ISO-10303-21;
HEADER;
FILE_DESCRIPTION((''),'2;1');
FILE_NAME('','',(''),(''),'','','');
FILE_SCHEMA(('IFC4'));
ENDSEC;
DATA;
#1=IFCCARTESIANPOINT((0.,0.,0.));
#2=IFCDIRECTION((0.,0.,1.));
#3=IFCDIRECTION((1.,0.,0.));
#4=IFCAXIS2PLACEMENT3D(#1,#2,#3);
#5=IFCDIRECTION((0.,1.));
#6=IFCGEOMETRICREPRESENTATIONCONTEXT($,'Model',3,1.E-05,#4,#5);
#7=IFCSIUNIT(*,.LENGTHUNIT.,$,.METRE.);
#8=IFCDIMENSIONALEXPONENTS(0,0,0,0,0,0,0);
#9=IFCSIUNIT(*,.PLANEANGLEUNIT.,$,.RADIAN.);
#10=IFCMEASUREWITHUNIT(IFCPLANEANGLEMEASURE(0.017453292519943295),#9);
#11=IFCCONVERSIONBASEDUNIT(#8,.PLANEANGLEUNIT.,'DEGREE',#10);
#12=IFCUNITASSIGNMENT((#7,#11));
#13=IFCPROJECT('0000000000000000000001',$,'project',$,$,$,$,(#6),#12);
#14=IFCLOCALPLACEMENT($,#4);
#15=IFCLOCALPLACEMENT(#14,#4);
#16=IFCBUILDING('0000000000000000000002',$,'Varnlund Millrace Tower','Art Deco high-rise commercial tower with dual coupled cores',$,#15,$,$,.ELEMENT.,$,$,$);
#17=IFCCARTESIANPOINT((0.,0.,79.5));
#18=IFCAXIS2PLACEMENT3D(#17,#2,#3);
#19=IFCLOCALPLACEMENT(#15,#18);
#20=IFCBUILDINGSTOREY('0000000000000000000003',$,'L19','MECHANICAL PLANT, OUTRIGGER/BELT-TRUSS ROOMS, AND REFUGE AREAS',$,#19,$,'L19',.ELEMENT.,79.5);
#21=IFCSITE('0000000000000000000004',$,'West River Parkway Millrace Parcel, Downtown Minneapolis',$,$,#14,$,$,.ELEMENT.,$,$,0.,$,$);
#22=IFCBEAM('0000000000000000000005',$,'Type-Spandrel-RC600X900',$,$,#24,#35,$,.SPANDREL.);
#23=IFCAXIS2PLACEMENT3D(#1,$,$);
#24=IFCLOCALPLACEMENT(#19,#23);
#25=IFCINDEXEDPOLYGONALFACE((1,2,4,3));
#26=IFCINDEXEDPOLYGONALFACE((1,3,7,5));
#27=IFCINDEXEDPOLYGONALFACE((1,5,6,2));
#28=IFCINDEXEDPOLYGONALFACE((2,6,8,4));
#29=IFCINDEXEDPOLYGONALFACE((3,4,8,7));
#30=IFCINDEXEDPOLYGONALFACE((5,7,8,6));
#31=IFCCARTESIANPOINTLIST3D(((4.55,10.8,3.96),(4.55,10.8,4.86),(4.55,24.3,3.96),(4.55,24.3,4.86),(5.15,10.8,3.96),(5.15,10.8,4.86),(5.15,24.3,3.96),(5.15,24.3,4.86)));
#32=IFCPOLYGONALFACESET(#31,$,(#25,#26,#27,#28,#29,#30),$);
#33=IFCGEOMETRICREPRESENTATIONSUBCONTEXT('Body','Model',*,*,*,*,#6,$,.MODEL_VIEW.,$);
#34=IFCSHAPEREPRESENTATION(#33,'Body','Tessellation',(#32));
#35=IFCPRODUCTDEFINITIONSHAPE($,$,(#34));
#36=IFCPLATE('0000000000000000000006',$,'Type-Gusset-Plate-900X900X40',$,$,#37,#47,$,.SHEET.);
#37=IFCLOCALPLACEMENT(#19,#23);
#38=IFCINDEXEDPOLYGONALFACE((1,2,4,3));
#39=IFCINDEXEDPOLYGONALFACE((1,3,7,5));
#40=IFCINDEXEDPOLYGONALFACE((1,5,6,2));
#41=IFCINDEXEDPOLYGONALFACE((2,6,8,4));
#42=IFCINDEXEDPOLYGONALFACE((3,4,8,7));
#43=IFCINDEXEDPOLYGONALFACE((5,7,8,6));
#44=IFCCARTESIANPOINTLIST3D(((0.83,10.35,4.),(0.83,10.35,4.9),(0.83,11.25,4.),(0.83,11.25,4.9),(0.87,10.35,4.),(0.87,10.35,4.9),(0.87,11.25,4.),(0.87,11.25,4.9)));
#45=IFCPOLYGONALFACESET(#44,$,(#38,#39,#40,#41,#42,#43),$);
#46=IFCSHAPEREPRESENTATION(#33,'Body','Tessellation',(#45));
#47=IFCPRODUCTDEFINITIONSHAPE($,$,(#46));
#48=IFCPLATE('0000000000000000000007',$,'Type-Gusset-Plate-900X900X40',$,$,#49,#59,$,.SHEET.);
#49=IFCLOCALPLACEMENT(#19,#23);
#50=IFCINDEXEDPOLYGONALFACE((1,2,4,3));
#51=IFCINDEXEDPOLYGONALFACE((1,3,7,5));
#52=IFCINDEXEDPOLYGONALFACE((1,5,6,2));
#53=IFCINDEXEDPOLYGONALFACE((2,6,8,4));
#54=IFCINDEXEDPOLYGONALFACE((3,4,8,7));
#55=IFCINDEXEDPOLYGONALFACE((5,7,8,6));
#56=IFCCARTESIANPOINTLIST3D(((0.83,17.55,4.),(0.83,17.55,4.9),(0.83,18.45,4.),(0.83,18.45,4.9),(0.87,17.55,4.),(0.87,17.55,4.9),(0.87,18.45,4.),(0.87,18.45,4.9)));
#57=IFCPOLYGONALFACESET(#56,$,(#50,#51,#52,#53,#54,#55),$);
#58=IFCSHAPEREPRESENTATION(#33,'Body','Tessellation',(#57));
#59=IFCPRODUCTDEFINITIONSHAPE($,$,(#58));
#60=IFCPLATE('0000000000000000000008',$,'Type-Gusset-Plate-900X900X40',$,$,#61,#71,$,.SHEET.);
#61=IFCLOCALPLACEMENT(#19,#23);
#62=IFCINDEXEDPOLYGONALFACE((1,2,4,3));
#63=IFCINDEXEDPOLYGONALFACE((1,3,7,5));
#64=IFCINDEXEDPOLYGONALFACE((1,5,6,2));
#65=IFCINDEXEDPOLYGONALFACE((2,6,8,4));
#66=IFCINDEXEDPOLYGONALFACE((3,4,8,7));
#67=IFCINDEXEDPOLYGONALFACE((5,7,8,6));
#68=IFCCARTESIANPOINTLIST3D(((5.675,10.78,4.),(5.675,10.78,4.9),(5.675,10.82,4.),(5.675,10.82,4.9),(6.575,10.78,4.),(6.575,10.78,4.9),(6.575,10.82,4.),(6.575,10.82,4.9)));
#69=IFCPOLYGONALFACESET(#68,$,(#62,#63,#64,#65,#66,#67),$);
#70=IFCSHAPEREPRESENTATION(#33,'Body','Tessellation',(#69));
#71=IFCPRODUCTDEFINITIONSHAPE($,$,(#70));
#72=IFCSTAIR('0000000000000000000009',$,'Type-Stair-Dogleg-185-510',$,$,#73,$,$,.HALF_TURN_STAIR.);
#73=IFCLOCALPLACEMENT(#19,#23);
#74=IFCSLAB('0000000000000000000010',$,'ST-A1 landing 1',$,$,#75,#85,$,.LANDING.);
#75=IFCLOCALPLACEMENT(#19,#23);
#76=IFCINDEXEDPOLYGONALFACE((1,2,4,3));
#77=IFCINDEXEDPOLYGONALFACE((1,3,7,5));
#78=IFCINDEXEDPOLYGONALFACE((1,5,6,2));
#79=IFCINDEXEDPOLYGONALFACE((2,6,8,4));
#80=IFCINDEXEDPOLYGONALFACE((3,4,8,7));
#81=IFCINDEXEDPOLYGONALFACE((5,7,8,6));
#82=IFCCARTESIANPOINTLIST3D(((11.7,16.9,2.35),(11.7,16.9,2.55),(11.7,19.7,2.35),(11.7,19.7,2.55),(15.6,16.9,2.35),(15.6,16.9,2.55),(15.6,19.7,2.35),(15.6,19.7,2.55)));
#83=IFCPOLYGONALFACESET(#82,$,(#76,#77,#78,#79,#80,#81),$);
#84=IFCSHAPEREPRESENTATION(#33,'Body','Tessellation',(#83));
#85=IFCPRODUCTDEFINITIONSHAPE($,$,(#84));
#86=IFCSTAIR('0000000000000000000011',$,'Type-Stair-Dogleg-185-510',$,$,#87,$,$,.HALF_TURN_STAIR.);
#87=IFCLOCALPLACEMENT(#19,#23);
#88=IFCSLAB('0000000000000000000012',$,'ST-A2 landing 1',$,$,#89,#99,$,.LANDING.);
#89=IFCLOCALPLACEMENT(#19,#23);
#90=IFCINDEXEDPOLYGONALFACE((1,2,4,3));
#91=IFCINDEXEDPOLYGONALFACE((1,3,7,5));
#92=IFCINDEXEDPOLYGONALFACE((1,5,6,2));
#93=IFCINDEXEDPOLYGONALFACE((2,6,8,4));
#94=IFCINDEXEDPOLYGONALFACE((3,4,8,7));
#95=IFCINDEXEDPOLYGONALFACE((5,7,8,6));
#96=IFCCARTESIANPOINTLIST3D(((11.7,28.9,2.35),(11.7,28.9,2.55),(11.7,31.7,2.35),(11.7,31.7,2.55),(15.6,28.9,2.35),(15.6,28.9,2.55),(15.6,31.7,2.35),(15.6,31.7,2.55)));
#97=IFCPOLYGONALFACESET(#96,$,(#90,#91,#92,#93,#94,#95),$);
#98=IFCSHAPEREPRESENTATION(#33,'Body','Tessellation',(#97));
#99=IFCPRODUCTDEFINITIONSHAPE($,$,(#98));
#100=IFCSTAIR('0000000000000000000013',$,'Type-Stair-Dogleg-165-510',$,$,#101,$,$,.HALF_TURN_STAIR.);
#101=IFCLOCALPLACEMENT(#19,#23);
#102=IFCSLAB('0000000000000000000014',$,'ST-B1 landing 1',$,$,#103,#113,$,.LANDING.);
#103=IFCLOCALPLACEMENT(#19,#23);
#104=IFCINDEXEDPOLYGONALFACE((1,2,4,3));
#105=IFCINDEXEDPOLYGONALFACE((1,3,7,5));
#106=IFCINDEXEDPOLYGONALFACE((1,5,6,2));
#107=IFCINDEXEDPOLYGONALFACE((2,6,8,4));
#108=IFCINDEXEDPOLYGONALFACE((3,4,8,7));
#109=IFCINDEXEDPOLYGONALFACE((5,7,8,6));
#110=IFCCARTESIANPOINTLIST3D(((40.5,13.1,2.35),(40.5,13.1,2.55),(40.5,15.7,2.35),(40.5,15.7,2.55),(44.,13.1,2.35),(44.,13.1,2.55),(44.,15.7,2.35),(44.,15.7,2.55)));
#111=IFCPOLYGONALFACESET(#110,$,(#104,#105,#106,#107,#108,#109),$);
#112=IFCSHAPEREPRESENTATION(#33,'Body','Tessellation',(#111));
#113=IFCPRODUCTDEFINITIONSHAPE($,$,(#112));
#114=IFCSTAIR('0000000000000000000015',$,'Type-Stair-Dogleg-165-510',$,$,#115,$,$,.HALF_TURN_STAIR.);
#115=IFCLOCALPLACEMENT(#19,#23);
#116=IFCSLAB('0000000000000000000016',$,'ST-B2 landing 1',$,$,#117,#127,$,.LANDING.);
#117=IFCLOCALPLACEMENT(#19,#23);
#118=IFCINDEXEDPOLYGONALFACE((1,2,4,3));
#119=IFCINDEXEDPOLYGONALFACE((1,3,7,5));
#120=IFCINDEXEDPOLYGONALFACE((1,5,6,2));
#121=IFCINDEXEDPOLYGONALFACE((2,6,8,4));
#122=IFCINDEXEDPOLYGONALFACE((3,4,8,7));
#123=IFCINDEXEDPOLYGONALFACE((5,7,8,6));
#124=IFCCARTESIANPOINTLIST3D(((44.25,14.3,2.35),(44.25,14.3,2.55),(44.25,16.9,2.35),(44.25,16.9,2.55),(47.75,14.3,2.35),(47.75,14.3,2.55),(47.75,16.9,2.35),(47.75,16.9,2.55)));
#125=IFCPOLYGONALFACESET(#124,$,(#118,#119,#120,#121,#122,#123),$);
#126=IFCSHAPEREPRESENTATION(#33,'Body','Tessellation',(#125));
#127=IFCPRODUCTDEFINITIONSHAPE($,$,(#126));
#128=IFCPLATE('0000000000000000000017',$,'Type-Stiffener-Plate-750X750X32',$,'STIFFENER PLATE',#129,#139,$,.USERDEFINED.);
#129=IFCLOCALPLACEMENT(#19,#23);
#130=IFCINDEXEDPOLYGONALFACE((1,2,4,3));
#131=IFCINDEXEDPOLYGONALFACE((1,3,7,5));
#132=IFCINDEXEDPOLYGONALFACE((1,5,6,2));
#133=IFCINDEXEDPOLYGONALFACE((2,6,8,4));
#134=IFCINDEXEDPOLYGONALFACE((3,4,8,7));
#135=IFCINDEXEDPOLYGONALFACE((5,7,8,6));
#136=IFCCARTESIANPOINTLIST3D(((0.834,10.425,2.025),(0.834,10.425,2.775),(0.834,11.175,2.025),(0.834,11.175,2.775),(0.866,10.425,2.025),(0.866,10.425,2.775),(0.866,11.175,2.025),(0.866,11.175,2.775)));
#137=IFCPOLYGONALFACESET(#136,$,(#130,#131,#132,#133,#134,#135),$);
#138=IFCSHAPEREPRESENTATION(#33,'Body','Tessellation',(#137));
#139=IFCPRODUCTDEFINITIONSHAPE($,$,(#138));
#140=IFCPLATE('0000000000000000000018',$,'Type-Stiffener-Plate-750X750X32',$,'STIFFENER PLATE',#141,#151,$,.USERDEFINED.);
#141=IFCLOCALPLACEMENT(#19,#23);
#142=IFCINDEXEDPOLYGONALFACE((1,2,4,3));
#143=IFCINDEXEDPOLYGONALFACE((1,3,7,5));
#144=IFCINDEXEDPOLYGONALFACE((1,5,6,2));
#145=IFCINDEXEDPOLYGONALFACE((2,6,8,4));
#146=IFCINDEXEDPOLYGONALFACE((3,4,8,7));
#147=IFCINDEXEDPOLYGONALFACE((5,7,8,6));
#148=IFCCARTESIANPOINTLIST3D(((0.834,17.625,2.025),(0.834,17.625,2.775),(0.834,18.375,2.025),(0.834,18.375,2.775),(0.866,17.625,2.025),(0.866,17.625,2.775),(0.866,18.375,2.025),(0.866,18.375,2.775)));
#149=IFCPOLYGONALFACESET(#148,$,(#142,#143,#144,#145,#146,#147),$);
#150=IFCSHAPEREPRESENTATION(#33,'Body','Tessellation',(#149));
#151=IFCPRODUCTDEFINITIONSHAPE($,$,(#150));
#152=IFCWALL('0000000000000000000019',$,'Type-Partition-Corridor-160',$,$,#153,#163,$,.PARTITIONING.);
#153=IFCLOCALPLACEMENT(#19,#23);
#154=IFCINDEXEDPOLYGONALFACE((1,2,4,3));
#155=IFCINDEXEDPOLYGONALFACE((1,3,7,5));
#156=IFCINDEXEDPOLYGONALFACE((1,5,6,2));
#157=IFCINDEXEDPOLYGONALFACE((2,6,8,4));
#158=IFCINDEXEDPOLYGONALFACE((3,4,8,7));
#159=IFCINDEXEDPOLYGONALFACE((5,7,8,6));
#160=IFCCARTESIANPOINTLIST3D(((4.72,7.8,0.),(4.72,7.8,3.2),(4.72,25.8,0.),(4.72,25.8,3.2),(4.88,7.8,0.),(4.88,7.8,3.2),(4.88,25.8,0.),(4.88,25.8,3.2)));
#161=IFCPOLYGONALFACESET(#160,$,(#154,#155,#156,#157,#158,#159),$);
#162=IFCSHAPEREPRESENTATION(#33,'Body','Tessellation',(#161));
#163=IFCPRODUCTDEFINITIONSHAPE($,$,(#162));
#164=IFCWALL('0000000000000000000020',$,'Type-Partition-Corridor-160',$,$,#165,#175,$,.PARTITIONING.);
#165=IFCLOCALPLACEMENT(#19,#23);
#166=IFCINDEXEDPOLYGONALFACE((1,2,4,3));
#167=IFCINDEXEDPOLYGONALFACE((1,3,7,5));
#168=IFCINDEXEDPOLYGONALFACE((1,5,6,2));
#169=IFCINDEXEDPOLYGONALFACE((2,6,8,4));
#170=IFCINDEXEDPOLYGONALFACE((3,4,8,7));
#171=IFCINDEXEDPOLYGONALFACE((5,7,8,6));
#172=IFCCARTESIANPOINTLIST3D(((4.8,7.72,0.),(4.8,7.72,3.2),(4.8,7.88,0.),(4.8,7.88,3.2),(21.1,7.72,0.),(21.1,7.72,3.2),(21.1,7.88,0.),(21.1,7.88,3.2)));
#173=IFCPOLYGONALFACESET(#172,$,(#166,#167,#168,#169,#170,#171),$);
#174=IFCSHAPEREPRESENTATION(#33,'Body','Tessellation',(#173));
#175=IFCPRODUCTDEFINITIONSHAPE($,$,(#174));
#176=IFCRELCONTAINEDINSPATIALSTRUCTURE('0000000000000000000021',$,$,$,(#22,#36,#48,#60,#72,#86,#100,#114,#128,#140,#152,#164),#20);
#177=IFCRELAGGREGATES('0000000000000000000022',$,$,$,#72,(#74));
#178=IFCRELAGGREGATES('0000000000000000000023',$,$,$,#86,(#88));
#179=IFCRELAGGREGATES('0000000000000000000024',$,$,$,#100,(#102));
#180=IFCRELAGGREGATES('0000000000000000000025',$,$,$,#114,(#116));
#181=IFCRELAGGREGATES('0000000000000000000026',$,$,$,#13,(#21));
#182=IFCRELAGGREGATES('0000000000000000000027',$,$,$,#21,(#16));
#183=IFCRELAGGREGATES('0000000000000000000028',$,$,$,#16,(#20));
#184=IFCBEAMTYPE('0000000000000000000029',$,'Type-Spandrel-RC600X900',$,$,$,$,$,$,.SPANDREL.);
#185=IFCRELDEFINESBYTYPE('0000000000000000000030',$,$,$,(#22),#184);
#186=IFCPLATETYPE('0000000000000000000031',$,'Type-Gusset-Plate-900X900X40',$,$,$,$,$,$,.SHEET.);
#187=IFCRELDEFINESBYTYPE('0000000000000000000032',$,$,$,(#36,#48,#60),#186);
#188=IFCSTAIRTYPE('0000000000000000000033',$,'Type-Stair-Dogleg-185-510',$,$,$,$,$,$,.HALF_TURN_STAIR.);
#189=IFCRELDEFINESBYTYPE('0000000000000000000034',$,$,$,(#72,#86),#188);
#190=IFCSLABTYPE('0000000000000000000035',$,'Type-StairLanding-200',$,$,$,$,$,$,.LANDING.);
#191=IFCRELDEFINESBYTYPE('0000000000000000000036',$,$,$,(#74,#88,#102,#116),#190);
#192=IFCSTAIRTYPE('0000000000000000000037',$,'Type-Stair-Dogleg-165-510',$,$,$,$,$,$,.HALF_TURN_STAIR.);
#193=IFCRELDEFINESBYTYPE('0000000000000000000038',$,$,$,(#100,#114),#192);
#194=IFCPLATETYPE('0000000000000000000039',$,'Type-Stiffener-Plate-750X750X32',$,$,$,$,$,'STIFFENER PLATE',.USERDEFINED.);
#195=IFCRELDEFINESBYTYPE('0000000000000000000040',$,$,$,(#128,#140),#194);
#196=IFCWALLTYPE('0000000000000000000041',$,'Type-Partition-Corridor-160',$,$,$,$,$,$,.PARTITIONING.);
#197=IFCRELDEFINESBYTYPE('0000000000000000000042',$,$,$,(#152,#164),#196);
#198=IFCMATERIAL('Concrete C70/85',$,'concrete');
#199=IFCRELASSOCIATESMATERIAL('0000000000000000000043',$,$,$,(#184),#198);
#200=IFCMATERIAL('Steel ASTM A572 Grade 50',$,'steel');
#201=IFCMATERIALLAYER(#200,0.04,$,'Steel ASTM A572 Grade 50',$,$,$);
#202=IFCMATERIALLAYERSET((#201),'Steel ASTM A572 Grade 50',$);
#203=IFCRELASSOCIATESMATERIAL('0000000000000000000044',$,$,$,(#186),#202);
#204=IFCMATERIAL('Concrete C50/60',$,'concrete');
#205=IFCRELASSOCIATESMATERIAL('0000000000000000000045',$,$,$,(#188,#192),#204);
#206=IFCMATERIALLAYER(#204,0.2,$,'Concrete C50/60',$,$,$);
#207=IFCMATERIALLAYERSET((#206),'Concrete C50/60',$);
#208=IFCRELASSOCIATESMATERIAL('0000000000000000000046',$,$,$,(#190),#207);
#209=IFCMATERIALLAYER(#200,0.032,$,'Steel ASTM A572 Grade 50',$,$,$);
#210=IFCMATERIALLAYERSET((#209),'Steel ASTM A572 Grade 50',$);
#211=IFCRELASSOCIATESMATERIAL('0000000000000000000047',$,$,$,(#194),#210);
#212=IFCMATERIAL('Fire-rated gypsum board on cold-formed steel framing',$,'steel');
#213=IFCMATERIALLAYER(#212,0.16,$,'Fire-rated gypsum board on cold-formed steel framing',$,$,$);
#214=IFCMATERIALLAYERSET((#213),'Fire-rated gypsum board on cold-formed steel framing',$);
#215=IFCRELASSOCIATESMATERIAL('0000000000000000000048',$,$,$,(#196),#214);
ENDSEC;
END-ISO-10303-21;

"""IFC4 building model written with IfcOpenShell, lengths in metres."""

from ifc_helpers import new_model, entity, si_unit, converted_unit, direction, frame, origin_with_axes, origin_2d_with_axis, place, context, subcontext, project, spatial, polyline, rectangle, outline, extrude, material, layer, layer_set, material_profile, profile_set, type_object, element, aggregate, save


model = new_model("IFC4")

# Units and contexts
model_context = context("Model", 3, precision=1e-05, world=origin_with_axes(), true_north=direction((0.0, 1.0)))
body_context = subcontext(model_context, "Body", "Model", "MODEL_VIEW")
ifc_project = project(units=[si_unit("LENGTHUNIT", "METRE"), converted_unit("PLANEANGLEUNIT", "DEGREE", entity("IfcPlaneAngleMeasure", 0.017453292519943295), si_unit("PLANEANGLEUNIT", "RADIAN"), dimensions=[0, 0, 0, 0, 0, 0, 0])], contexts=[model_context])

# Site, building, storey
site_placement = place(None, origin_with_axes())
site = spatial("IfcSite", under=ifc_project, at=site_placement, Name="West River Parkway Millrace Parcel, Downtown Minneapolis", CompositionType="ELEMENT", RefElevation=0.0)
building_placement = place(site_placement, origin_with_axes())
building = spatial("IfcBuilding", under=site, at=building_placement, Name="Varnlund Millrace Tower", Description="Art Deco high-rise commercial tower with dual coupled cores", CompositionType="ELEMENT")
storey_placement = place(building_placement, frame((0.0, 0.0, 79.5), z_axis=(0.0, 0.0, 1.0), x_axis=(1.0, 0.0, 0.0)))
storey = spatial("IfcBuildingStorey", under=building, at=storey_placement, Name="L19", Description="MECHANICAL PLANT, OUTRIGGER/BELT-TRUSS ROOMS, AND REFUGE AREAS", LongName="L19", CompositionType="ELEMENT", Elevation=79.5)

# Beam
ifc_material_1 = material(Name="Concrete C70/85", Category="concrete")
ifc_material_profile_1 = material_profile(ifc_material_1, rectangle(XDim=0.6, YDim=0.9, at=origin_2d_with_axis()), Name="Concrete C70/85")
ifc_profile_set_1 = profile_set([ifc_material_profile_1], Name="Concrete C70/85")
beam_type_1 = type_object("IfcBeamType", Name="Type-Spandrel-RC600X900", PredefinedType="SPANDREL", material=ifc_profile_set_1)
beam_1_placement = place(storey_placement, frame((4.85, 10.8, 4.41), z_axis=(0.0, 1.0, 0.0), x_axis=(-1.0, 0.0, 0.0)))
element("IfcBeam", 1, at=beam_1_placement, inside=storey, type_object=beam_type_1, Name="Type-Spandrel-RC600X900", PredefinedType="SPANDREL", context=body_context, shape_type="SweptSolid", body=[
    extrude(rectangle(XDim=0.6, YDim=0.9, at=origin_2d_with_axis()), origin_with_axes(), (0.0, 0.0, 1.0), 13.5),
])

# Plates
ifc_material_2 = material(Name="Steel ASTM A572 Grade 50", Category="steel")
ifc_layer_1 = layer(ifc_material_2, 0.04, Name="Steel ASTM A572 Grade 50")
ifc_layer_set_1 = layer_set([ifc_layer_1], Name="Steel ASTM A572 Grade 50")
plate_type_1 = type_object("IfcPlateType", Name="Type-Gusset-Plate-900X900X40", PredefinedType="SHEET", material=ifc_layer_set_1)
for number, where, z_axis, x_axis, name in (
    (2, (0.85, 10.8, 4.0), (0.0, 0.0, 1.0), (0.0, 1.0, 0.0), "Type-Gusset-Plate-900X900X40"),
    (3, (0.85, 18.0, 4.0), (0.0, 0.0, 1.0), (0.0, 1.0, 0.0), "Type-Gusset-Plate-900X900X40"),
    (4, (6.125, 10.8, 4.0), (0.0, 0.0, 1.0), (1.0, 0.0, 0.0), "Type-Gusset-Plate-900X900X40"),
):
    element("IfcPlate", number, at=place(storey_placement, frame(where, z_axis=z_axis, x_axis=x_axis)), inside=storey, type_object=plate_type_1, Name=name, PredefinedType="SHEET", context=body_context, shape_type="SweptSolid", body=[
        extrude(rectangle(XDim=0.9, YDim=0.04, at=origin_2d_with_axis()), origin_with_axes(), (0.0, 0.0, 1.0), 0.9),
    ])

# Stairs, slabs
ifc_material_3 = material(Name="Concrete C50/60", Category="concrete")
stair_type_1 = type_object("IfcStairType", Name="Type-Stair-Dogleg-185-510", PredefinedType="HALF_TURN_STAIR", material=ifc_material_3)
stair_1_placement = place(storey_placement, origin_with_axes())
stair_1 = element("IfcStair", 5, at=stair_1_placement, inside=storey, type_object=stair_type_1, Name="Type-Stair-Dogleg-185-510", PredefinedType="HALF_TURN_STAIR")
ifc_layer_2 = layer(ifc_material_3, 0.2, Name="Concrete C50/60")
ifc_layer_set_2 = layer_set([ifc_layer_2], Name="Concrete C50/60")
slab_type = type_object("IfcSlabType", Name="Type-StairLanding-200", PredefinedType="LANDING", material=ifc_layer_set_2)
slab_1_placement = place(storey_placement, frame((0.0, 0.0, 2.35), z_axis=(0.0, 0.0, 1.0), x_axis=(1.0, 0.0, 0.0)))
slab_1 = element("IfcSlab", 6, at=slab_1_placement, type_object=slab_type, Name="ST-A1 landing 1", PredefinedType="LANDING", context=body_context, shape_type="SweptSolid", body=[
    extrude(outline(polyline([(15.6, 16.9), (15.6, 19.7), (11.7, 19.7), (11.7, 16.9), (15.6, 16.9)])), origin_with_axes(), (0.0, 0.0, 1.0), 0.2),
])
aggregate(stair_1, [slab_1])
stair_2_placement = place(storey_placement, origin_with_axes())
stair_2 = element("IfcStair", 7, at=stair_2_placement, inside=storey, type_object=stair_type_1, Name="Type-Stair-Dogleg-185-510", PredefinedType="HALF_TURN_STAIR")
slab_2_placement = place(storey_placement, frame((0.0, 0.0, 2.35), z_axis=(0.0, 0.0, 1.0), x_axis=(1.0, 0.0, 0.0)))
slab_2 = element("IfcSlab", 8, at=slab_2_placement, type_object=slab_type, Name="ST-A2 landing 1", PredefinedType="LANDING", context=body_context, shape_type="SweptSolid", body=[
    extrude(outline(polyline([(11.7, 31.7), (11.7, 28.9), (15.6, 28.9), (15.6, 31.7), (11.7, 31.7)])), origin_with_axes(), (0.0, 0.0, 1.0), 0.2),
])
aggregate(stair_2, [slab_2])
stair_type_2 = type_object("IfcStairType", Name="Type-Stair-Dogleg-165-510", PredefinedType="HALF_TURN_STAIR", material=ifc_material_3)
stair_3_placement = place(storey_placement, origin_with_axes())
stair_3 = element("IfcStair", 9, at=stair_3_placement, inside=storey, type_object=stair_type_2, Name="Type-Stair-Dogleg-165-510", PredefinedType="HALF_TURN_STAIR")
slab_3_placement = place(storey_placement, frame((0.0, 0.0, 2.35), z_axis=(0.0, 0.0, 1.0), x_axis=(1.0, 0.0, 0.0)))
slab_3 = element("IfcSlab", 10, at=slab_3_placement, type_object=slab_type, Name="ST-B1 landing 1", PredefinedType="LANDING", context=body_context, shape_type="SweptSolid", body=[
    extrude(outline(polyline([(44.0, 13.1), (44.0, 15.7), (40.5, 15.7), (40.5, 13.1), (44.0, 13.1)])), origin_with_axes(), (0.0, 0.0, 1.0), 0.2),
])
aggregate(stair_3, [slab_3])
stair_4_placement = place(storey_placement, origin_with_axes())
stair_4 = element("IfcStair", 11, at=stair_4_placement, inside=storey, type_object=stair_type_2, Name="Type-Stair-Dogleg-165-510", PredefinedType="HALF_TURN_STAIR")
slab_4_placement = place(storey_placement, frame((0.0, 0.0, 2.35), z_axis=(0.0, 0.0, 1.0), x_axis=(1.0, 0.0, 0.0)))
slab_4 = element("IfcSlab", 12, at=slab_4_placement, type_object=slab_type, Name="ST-B2 landing 1", PredefinedType="LANDING", context=body_context, shape_type="SweptSolid", body=[
    extrude(outline(polyline([(44.25, 16.9), (44.25, 14.3), (47.75, 14.3), (47.75, 16.9), (44.25, 16.9)])), origin_with_axes(), (0.0, 0.0, 1.0), 0.2),
])
aggregate(stair_4, [slab_4])

# Plates
ifc_layer_3 = layer(ifc_material_2, 0.032, Name="Steel ASTM A572 Grade 50")
ifc_layer_set_3 = layer_set([ifc_layer_3], Name="Steel ASTM A572 Grade 50")
plate_type_2 = type_object("IfcPlateType", Name="Type-Stiffener-Plate-750X750X32", ElementType="STIFFENER PLATE", PredefinedType="USERDEFINED", material=ifc_layer_set_3)
for number, where, z_axis, x_axis, name in (
    (13, (0.85, 10.8, 2.025), (0.0, 0.0, 1.0), (0.0, 1.0, 0.0), "Type-Stiffener-Plate-750X750X32"),
    (14, (0.85, 18.0, 2.025), (0.0, 0.0, 1.0), (0.0, 1.0, 0.0), "Type-Stiffener-Plate-750X750X32"),
):
    element("IfcPlate", number, at=place(storey_placement, frame(where, z_axis=z_axis, x_axis=x_axis)), inside=storey, type_object=plate_type_2, Name=name, ObjectType="STIFFENER PLATE", PredefinedType="USERDEFINED", context=body_context, shape_type="SweptSolid", body=[
        extrude(rectangle(XDim=0.75, YDim=0.032, at=origin_2d_with_axis()), origin_with_axes(), (0.0, 0.0, 1.0), 0.75),
    ])

# Walls
ifc_material_4 = material(Name="Fire-rated gypsum board on cold-formed steel framing", Category="steel")
ifc_layer_4 = layer(ifc_material_4, 0.16, Name="Fire-rated gypsum board on cold-formed steel framing")
ifc_layer_set_4 = layer_set([ifc_layer_4], Name="Fire-rated gypsum board on cold-formed steel framing")
wall_type = type_object("IfcWallType", Name="Type-Partition-Corridor-160", PredefinedType="PARTITIONING", material=ifc_layer_set_4)
wall_1_placement = place(storey_placement, frame((4.8, 7.8, 0.0), z_axis=(0.0, 0.0, 1.0), x_axis=(0.0, 1.0, 0.0)))
element("IfcWall", 15, at=wall_1_placement, inside=storey, type_object=wall_type, Name="Type-Partition-Corridor-160", PredefinedType="PARTITIONING", context=body_context, shape_type="SweptSolid", body=[
    extrude(outline(polyline([(0.0, -0.08), (18.0, -0.08), (18.0, 0.08), (0.0, 0.08), (0.0, -0.08)])), origin_with_axes(), (0.0, 0.0, 1.0), 3.2),
])
wall_2_placement = place(storey_placement, frame((4.8, 7.8, 0.0), z_axis=(0.0, 0.0, 1.0), x_axis=(1.0, 0.0, 0.0)))
element("IfcWall", 16, at=wall_2_placement, inside=storey, type_object=wall_type, Name="Type-Partition-Corridor-160", PredefinedType="PARTITIONING", context=body_context, shape_type="SweptSolid", body=[
    extrude(outline(polyline([(0.0, -0.08), (16.3, -0.08), (16.3, 0.08), (0.0, 0.08), (0.0, -0.08)])), origin_with_axes(), (0.0, 0.0, 1.0), 3.2),
])

save(model, "model.ifc")
